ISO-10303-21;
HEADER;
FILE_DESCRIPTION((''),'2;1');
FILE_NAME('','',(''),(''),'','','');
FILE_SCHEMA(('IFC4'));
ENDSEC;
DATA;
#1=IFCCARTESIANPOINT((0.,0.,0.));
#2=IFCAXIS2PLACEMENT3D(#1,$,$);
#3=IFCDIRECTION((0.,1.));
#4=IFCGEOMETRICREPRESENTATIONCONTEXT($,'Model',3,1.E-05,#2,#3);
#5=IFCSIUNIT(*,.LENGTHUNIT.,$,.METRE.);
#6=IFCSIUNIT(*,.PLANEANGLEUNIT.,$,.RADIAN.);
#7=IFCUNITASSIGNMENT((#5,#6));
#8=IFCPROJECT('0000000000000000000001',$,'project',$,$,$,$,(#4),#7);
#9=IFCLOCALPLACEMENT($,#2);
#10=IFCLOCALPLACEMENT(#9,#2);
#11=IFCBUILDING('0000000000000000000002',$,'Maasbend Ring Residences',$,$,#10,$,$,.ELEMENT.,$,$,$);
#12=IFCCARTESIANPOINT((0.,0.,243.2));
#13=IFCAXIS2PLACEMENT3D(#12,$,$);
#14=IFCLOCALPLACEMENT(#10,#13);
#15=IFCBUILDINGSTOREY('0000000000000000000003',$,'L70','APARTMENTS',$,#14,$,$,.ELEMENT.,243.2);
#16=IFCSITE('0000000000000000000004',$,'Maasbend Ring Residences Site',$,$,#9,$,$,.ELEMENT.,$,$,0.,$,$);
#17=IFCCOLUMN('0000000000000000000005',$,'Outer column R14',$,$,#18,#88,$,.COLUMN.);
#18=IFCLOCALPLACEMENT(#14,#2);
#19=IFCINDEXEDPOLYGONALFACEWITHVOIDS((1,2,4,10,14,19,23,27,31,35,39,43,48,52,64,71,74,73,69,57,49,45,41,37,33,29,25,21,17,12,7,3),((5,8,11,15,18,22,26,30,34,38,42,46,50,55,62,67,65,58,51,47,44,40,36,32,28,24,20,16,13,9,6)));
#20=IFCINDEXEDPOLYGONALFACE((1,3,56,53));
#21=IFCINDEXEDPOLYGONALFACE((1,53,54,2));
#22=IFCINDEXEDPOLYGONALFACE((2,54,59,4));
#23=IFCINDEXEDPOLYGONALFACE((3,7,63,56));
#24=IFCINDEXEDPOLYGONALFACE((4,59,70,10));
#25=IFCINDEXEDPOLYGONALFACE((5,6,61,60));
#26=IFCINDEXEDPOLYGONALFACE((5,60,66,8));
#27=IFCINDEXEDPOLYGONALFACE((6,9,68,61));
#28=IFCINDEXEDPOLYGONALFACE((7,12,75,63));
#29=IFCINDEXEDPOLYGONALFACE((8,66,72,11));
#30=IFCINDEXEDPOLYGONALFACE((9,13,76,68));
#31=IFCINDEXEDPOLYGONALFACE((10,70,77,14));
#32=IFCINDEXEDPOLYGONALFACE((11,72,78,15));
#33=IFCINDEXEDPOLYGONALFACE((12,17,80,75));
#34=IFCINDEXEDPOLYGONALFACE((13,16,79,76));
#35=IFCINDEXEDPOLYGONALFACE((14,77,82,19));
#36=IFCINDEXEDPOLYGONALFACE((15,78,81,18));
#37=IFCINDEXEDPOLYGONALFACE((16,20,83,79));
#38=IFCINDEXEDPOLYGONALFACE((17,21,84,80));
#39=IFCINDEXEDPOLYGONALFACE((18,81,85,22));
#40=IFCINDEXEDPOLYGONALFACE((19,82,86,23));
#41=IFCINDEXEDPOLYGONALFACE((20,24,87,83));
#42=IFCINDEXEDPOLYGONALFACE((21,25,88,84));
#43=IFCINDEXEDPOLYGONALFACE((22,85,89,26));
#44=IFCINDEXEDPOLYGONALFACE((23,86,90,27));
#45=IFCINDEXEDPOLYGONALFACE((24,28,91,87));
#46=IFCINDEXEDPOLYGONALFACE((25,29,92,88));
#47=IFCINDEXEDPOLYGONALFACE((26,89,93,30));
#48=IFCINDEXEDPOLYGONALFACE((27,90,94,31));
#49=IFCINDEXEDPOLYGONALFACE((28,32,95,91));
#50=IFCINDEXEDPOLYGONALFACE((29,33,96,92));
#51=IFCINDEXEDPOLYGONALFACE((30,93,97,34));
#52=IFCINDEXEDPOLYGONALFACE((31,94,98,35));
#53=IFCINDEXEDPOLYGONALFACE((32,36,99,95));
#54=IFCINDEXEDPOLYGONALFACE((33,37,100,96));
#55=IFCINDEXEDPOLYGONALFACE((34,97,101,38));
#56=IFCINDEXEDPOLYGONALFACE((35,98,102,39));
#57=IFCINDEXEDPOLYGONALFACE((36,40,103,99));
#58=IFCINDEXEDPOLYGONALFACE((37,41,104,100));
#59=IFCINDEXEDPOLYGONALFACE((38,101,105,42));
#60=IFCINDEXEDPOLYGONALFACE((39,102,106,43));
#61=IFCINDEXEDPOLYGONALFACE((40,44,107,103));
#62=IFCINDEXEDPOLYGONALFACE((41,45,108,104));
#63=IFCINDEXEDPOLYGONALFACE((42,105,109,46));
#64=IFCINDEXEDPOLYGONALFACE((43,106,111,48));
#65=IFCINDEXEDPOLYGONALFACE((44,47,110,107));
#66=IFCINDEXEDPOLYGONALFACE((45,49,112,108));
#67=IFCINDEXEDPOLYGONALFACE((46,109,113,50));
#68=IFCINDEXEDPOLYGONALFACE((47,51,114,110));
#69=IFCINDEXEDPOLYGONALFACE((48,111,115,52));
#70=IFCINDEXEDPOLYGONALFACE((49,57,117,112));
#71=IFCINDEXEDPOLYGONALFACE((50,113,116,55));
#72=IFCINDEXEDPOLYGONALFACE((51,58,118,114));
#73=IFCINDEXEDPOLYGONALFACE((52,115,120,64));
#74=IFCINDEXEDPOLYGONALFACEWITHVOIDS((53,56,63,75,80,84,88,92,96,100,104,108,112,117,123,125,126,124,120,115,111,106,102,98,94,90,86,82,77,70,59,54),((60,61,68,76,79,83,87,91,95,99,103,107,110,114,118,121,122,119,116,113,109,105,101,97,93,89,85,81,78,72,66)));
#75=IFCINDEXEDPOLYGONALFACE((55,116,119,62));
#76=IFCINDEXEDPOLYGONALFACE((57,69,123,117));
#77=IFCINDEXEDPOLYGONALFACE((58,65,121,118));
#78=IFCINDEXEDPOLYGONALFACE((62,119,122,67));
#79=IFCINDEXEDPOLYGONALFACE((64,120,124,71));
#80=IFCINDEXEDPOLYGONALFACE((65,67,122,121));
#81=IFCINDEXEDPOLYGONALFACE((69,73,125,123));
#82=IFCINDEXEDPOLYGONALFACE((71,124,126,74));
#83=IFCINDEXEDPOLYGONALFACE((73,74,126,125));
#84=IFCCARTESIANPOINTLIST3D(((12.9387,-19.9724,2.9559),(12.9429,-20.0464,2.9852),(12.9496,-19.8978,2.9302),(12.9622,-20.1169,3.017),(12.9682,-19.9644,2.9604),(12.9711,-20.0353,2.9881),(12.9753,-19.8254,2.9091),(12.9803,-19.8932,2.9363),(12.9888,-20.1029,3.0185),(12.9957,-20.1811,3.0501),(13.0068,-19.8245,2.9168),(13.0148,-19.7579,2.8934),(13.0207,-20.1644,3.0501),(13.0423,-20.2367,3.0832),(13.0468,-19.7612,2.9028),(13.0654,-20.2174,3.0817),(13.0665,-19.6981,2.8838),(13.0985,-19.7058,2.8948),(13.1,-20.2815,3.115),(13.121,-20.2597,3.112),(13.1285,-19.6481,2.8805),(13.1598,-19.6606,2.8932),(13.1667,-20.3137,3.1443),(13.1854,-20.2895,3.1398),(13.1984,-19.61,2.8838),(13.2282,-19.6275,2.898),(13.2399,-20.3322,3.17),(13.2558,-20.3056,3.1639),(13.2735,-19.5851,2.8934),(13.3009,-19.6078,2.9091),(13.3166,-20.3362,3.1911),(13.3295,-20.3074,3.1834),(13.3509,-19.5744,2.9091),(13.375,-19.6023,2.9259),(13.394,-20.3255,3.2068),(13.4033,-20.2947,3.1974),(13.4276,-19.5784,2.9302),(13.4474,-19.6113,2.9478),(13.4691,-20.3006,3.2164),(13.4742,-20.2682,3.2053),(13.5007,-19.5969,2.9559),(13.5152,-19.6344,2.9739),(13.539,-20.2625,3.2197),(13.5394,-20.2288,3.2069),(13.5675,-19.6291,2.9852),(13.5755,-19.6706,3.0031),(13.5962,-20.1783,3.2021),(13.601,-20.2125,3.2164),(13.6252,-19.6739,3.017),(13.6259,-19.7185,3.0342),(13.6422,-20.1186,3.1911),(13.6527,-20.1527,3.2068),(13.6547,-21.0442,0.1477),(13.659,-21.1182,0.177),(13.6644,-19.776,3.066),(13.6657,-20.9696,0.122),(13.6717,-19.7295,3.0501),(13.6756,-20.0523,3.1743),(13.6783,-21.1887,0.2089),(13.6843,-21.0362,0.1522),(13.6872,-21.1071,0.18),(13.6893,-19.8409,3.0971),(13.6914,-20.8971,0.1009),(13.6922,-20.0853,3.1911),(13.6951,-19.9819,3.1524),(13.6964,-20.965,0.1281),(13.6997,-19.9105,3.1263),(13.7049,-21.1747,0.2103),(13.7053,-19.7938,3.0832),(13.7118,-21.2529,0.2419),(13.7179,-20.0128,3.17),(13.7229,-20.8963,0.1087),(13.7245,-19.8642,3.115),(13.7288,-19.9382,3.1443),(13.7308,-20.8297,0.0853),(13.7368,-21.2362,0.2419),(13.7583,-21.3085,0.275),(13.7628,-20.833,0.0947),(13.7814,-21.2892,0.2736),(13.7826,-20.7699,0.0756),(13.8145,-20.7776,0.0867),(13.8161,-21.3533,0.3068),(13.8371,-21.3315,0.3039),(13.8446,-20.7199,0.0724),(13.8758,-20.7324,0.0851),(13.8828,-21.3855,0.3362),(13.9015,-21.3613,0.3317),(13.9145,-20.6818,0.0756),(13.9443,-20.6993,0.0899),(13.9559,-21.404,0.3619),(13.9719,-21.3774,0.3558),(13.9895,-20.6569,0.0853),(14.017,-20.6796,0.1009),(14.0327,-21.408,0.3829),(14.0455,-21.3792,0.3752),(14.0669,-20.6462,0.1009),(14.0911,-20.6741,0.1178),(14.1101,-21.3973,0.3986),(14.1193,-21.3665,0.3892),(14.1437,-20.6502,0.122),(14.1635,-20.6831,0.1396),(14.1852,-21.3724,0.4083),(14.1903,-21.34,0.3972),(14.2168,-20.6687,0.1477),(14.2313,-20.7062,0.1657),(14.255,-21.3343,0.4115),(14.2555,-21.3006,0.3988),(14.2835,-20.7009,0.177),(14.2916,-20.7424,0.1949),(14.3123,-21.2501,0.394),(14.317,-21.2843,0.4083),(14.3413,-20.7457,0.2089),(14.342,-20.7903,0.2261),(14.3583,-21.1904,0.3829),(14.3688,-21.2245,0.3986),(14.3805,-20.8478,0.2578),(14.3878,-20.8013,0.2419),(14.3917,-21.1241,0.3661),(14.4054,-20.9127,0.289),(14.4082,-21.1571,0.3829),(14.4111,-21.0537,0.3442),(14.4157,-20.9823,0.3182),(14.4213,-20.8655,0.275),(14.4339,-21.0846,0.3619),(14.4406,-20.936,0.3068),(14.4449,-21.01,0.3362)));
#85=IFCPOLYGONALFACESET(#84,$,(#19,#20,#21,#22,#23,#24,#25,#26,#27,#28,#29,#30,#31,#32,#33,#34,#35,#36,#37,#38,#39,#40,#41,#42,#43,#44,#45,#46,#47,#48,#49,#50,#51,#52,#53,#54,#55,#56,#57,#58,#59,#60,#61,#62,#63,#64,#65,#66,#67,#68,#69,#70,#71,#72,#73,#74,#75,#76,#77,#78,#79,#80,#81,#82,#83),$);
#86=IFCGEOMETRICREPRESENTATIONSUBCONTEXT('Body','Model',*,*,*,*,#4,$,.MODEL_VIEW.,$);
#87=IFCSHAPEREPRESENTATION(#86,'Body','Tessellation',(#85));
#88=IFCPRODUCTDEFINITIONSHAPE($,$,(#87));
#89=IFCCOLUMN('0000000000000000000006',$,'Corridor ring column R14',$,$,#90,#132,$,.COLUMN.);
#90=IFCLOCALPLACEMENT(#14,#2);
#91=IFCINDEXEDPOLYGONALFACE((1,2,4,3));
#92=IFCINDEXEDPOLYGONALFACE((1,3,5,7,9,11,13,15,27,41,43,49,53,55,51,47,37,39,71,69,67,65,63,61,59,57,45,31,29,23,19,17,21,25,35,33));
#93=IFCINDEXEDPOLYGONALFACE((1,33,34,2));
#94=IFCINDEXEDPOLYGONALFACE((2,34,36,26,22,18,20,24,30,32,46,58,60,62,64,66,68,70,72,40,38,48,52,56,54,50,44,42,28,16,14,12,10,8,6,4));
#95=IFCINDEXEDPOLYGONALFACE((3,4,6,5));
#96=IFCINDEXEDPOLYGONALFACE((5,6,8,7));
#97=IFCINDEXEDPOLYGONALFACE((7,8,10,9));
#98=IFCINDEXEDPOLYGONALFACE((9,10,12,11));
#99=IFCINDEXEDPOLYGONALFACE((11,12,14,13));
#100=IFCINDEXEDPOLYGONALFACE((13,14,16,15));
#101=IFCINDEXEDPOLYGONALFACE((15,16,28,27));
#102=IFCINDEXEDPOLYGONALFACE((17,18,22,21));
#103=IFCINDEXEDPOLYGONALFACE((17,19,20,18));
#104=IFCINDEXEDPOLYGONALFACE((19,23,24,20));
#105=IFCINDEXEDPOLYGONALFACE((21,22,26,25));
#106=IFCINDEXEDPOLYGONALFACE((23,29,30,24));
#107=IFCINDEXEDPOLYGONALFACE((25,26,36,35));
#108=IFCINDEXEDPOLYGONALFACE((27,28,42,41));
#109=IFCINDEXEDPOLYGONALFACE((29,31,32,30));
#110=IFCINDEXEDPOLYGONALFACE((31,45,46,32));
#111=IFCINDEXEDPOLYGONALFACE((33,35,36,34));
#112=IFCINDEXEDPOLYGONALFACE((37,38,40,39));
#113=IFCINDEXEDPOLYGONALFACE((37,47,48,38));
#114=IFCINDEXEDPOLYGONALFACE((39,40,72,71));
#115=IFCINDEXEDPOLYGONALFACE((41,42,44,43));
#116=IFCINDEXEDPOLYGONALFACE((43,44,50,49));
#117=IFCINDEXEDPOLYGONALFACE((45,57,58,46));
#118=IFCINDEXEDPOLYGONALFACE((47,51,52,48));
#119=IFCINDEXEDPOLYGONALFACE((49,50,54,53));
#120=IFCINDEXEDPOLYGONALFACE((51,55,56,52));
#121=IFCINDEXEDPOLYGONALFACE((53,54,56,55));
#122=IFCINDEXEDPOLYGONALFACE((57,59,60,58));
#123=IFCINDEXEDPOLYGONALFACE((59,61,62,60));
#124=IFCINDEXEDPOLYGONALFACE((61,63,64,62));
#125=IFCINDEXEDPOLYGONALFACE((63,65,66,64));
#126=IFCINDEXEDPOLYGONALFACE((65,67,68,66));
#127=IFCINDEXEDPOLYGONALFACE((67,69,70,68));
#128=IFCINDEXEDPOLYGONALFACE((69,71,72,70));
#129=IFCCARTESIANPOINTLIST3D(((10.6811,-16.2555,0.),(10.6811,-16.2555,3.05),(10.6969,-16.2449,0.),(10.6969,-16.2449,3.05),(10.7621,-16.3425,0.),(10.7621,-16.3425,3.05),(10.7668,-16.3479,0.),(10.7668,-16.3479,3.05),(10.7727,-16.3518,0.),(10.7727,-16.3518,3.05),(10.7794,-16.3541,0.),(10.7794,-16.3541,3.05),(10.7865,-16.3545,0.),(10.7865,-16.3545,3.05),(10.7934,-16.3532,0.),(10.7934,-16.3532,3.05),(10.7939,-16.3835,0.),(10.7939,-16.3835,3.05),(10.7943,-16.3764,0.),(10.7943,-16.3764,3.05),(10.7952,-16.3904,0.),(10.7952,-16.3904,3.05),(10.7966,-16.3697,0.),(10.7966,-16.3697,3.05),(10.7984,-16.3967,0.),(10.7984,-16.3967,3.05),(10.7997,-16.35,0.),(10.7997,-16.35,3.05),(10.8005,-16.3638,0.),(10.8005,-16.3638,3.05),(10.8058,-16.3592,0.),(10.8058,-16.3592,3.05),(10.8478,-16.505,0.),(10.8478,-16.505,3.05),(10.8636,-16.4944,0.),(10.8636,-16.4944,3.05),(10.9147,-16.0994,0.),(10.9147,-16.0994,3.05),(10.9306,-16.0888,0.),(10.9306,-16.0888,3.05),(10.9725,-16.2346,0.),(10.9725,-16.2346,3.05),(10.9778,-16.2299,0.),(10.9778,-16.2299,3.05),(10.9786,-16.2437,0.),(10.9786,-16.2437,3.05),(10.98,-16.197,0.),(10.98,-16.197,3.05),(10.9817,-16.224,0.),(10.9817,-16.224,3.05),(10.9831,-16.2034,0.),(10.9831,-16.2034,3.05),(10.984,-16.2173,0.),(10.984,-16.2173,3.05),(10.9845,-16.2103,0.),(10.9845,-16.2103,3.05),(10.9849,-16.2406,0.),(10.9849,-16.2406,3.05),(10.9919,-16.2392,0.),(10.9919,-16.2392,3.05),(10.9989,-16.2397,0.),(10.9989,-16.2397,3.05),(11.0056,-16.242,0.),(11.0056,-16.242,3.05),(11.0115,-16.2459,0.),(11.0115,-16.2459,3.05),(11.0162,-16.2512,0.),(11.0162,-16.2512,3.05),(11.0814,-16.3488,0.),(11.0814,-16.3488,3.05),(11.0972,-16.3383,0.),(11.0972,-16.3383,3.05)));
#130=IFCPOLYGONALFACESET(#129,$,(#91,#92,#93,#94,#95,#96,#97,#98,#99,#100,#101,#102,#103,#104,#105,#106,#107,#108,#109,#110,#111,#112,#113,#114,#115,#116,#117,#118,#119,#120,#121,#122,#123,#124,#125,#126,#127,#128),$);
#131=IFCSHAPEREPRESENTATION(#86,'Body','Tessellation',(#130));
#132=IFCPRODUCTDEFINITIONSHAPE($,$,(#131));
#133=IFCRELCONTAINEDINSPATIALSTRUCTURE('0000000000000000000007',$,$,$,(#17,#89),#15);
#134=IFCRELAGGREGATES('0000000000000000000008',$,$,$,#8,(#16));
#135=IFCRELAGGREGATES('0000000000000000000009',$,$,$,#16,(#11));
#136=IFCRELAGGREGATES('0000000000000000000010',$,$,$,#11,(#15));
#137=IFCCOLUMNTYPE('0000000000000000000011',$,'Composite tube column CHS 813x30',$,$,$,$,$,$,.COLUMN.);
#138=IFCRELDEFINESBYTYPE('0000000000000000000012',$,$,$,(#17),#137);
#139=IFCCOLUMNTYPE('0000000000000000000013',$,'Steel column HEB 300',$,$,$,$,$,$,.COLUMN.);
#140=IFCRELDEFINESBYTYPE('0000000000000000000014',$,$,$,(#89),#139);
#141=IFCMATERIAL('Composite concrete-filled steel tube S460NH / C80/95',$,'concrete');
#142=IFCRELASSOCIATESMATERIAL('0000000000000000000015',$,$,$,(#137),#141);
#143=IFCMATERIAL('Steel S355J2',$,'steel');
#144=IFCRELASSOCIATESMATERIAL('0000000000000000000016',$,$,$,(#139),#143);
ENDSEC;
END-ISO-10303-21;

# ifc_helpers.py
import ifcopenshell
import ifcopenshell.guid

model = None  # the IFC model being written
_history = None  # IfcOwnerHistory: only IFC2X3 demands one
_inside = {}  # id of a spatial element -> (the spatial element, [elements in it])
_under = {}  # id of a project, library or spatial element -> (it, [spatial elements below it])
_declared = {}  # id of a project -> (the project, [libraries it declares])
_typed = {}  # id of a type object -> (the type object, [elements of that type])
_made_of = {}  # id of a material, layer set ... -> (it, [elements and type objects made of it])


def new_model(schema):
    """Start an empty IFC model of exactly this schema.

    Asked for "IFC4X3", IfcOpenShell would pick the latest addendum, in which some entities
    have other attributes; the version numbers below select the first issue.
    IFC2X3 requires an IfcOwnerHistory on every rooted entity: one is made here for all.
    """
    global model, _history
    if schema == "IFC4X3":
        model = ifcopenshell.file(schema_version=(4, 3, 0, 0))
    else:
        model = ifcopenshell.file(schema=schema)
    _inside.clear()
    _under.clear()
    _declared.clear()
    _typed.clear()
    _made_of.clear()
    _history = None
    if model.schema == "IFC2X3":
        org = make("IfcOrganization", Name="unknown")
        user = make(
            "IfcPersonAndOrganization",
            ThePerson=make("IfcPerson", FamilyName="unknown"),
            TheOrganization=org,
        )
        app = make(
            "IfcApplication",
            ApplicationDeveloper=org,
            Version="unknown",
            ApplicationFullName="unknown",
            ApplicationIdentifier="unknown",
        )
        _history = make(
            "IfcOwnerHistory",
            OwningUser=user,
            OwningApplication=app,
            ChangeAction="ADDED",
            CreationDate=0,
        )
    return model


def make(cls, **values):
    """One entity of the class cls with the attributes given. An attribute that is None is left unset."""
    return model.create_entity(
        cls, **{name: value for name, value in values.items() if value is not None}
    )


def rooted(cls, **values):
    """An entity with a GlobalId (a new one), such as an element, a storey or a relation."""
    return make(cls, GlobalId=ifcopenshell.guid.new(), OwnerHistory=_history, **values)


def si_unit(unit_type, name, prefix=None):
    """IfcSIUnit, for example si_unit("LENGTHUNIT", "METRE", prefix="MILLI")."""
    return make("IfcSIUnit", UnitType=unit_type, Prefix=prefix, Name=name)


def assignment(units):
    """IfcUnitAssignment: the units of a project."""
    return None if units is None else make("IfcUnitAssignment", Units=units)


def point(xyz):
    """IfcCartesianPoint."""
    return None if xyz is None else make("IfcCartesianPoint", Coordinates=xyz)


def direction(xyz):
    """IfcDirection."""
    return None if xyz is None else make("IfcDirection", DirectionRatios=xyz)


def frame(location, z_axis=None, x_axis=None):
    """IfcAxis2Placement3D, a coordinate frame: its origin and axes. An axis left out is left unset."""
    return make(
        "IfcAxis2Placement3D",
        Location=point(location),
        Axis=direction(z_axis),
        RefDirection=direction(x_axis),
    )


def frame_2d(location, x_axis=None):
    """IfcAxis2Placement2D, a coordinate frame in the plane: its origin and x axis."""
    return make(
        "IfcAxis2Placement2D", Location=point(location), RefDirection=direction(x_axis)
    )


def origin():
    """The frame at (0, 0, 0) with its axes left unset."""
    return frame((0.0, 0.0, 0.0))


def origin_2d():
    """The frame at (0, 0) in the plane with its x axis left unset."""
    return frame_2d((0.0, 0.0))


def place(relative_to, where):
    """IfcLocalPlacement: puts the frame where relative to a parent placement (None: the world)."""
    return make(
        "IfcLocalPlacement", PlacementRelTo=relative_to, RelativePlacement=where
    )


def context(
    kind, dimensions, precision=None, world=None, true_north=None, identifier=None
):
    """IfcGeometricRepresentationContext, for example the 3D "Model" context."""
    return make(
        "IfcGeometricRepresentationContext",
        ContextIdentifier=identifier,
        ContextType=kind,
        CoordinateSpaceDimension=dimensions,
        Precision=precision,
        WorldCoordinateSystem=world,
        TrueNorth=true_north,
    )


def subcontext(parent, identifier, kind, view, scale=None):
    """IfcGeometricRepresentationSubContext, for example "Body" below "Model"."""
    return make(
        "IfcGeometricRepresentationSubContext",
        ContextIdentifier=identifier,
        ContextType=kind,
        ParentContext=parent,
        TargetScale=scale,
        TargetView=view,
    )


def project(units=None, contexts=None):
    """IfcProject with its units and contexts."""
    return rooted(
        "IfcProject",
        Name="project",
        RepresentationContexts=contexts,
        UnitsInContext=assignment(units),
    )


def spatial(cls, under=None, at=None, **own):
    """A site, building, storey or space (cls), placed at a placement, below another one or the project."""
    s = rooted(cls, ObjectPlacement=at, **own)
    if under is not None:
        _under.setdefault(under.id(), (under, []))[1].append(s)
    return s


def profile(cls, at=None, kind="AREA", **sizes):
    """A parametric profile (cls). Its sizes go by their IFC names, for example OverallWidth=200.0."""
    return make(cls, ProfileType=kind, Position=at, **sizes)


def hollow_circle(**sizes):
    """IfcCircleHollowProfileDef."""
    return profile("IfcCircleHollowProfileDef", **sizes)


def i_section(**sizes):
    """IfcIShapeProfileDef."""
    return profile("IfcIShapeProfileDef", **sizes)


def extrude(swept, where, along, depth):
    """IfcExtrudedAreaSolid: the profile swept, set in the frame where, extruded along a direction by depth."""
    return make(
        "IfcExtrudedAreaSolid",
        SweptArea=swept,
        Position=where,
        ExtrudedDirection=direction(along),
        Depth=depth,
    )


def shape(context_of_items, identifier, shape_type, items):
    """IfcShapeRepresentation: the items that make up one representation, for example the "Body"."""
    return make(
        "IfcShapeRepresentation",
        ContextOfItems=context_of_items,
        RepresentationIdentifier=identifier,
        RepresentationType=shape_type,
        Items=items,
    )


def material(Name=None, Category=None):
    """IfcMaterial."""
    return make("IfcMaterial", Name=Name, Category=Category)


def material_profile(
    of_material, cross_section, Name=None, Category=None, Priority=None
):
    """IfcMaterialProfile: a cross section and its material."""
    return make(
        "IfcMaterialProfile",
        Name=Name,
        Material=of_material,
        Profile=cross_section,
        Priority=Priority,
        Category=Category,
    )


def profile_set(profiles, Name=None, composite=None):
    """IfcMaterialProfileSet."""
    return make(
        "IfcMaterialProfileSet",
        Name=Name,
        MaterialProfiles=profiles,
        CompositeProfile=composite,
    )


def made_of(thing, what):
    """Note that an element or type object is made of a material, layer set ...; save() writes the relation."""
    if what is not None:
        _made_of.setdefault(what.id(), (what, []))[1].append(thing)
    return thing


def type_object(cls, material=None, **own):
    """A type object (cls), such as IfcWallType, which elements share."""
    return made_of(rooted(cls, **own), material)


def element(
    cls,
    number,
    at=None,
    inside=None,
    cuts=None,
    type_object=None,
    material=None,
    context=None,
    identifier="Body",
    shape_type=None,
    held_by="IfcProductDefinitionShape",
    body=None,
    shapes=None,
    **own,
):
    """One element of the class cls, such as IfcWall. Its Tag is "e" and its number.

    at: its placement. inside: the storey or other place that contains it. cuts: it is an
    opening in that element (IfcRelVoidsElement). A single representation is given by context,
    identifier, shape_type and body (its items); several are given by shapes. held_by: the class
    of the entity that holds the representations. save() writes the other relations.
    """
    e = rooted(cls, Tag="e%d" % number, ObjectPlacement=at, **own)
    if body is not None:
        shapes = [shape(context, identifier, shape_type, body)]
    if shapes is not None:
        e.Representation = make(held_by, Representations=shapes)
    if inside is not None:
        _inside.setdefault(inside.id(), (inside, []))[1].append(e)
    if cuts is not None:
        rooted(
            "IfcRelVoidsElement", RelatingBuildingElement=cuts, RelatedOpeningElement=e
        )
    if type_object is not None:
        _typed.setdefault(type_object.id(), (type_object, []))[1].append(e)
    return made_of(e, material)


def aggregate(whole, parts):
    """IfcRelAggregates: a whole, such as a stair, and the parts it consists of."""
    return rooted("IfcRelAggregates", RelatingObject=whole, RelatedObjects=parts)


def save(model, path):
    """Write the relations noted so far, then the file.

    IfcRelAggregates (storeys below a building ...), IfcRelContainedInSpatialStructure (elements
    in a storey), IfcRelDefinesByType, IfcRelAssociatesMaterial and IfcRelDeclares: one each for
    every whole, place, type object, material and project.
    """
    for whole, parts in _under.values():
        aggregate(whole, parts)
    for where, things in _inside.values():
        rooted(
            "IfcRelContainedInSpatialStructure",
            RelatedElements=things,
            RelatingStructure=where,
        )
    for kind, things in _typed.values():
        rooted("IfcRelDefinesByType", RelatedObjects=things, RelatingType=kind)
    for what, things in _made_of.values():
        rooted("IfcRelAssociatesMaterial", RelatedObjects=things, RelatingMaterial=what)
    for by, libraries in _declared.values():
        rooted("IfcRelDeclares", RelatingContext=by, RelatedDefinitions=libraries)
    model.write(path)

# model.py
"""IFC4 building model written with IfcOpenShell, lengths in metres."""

from ifc_helpers import new_model, si_unit, direction, frame, origin, origin_2d, place, context, subcontext, project, spatial, hollow_circle, i_section, extrude, material, material_profile, profile_set, type_object, element, save


model = new_model("IFC4")

# Units and contexts
model_context = context("Model", 3, precision=1e-05, world=origin(), true_north=direction((0.0, 1.0)))
body_context = subcontext(model_context, "Body", "Model", "MODEL_VIEW")
ifc_project = project(units=[si_unit("LENGTHUNIT", "METRE"), si_unit("PLANEANGLEUNIT", "RADIAN")], contexts=[model_context])

# Site, building, storey
site_placement = place(None, origin())
site = spatial("IfcSite", under=ifc_project, at=site_placement, Name="Maasbend Ring Residences Site", CompositionType="ELEMENT", RefElevation=0.0)
building_placement = place(site_placement, origin())
building = spatial("IfcBuilding", under=site, at=building_placement, Name="Maasbend Ring Residences", CompositionType="ELEMENT")
storey_placement = place(building_placement, frame((0.0, 0.0, 243.2)))
storey = spatial("IfcBuildingStorey", under=building, at=storey_placement, Name="L70", Description="APARTMENTS", CompositionType="ELEMENT", Elevation=243.2)

# Columns
ifc_material_1 = material(Name="Composite concrete-filled steel tube S460NH / C80/95", Category="concrete")
ifc_material_profile_1 = material_profile(ifc_material_1, hollow_circle(Radius=0.4065, WallThickness=0.03, at=origin_2d()), Name="Composite tube column CHS 813x30")
ifc_profile_set_1 = profile_set([ifc_material_profile_1], Name="Composite concrete-filled steel tube S460NH / C80/95")
column_type_1 = type_object("IfcColumnType", Name="Composite tube column CHS 813x30", PredefinedType="COLUMN", material=ifc_profile_set_1)
column_1_placement = place(storey_placement, frame((14.0498, -21.0271, 0.2419), z_axis=(-0.23175, 0.346875, 0.908829), x_axis=(-0.831496, -0.55553, 0.0)))
element("IfcColumn", 1, at=column_1_placement, inside=storey, type_object=column_type_1, Name="Outer column R14", PredefinedType="COLUMN", context=body_context, shape_type="SweptSolid", body=[
    extrude(hollow_circle(Radius=0.4065, WallThickness=0.03, at=origin_2d()), origin(), (0.0, 0.0, 1.0), 3.0898),
])
ifc_material_2 = material(Name="Steel S355J2", Category="steel")
ifc_material_profile_2 = material_profile(ifc_material_2, i_section(OverallWidth=0.3, OverallDepth=0.3, WebThickness=0.011, FlangeThickness=0.019, FilletRadius=0.0271, at=origin_2d()), Name="HEB 300")
ifc_profile_set_2 = profile_set([ifc_material_profile_2], Name="Steel S355J2")
column_type_2 = type_object("IfcColumnType", Name="Steel column HEB 300", PredefinedType="COLUMN", material=ifc_profile_set_2)
column_2_placement = place(storey_placement, frame((10.8892, -16.2969, 0.0), z_axis=(0.0, 0.0, 1.0), x_axis=(0.55557, -0.83147, 0.0)))
element("IfcColumn", 2, at=column_2_placement, inside=storey, type_object=column_type_2, Name="Corridor ring column R14", PredefinedType="COLUMN", context=body_context, shape_type="SweptSolid", body=[
    extrude(i_section(OverallWidth=0.3, OverallDepth=0.3, WebThickness=0.011, FlangeThickness=0.019, FilletRadius=0.0271, at=origin_2d()), origin(), (0.0, 0.0, 1.0), 3.05),
])

save(model, "model.ifc")
